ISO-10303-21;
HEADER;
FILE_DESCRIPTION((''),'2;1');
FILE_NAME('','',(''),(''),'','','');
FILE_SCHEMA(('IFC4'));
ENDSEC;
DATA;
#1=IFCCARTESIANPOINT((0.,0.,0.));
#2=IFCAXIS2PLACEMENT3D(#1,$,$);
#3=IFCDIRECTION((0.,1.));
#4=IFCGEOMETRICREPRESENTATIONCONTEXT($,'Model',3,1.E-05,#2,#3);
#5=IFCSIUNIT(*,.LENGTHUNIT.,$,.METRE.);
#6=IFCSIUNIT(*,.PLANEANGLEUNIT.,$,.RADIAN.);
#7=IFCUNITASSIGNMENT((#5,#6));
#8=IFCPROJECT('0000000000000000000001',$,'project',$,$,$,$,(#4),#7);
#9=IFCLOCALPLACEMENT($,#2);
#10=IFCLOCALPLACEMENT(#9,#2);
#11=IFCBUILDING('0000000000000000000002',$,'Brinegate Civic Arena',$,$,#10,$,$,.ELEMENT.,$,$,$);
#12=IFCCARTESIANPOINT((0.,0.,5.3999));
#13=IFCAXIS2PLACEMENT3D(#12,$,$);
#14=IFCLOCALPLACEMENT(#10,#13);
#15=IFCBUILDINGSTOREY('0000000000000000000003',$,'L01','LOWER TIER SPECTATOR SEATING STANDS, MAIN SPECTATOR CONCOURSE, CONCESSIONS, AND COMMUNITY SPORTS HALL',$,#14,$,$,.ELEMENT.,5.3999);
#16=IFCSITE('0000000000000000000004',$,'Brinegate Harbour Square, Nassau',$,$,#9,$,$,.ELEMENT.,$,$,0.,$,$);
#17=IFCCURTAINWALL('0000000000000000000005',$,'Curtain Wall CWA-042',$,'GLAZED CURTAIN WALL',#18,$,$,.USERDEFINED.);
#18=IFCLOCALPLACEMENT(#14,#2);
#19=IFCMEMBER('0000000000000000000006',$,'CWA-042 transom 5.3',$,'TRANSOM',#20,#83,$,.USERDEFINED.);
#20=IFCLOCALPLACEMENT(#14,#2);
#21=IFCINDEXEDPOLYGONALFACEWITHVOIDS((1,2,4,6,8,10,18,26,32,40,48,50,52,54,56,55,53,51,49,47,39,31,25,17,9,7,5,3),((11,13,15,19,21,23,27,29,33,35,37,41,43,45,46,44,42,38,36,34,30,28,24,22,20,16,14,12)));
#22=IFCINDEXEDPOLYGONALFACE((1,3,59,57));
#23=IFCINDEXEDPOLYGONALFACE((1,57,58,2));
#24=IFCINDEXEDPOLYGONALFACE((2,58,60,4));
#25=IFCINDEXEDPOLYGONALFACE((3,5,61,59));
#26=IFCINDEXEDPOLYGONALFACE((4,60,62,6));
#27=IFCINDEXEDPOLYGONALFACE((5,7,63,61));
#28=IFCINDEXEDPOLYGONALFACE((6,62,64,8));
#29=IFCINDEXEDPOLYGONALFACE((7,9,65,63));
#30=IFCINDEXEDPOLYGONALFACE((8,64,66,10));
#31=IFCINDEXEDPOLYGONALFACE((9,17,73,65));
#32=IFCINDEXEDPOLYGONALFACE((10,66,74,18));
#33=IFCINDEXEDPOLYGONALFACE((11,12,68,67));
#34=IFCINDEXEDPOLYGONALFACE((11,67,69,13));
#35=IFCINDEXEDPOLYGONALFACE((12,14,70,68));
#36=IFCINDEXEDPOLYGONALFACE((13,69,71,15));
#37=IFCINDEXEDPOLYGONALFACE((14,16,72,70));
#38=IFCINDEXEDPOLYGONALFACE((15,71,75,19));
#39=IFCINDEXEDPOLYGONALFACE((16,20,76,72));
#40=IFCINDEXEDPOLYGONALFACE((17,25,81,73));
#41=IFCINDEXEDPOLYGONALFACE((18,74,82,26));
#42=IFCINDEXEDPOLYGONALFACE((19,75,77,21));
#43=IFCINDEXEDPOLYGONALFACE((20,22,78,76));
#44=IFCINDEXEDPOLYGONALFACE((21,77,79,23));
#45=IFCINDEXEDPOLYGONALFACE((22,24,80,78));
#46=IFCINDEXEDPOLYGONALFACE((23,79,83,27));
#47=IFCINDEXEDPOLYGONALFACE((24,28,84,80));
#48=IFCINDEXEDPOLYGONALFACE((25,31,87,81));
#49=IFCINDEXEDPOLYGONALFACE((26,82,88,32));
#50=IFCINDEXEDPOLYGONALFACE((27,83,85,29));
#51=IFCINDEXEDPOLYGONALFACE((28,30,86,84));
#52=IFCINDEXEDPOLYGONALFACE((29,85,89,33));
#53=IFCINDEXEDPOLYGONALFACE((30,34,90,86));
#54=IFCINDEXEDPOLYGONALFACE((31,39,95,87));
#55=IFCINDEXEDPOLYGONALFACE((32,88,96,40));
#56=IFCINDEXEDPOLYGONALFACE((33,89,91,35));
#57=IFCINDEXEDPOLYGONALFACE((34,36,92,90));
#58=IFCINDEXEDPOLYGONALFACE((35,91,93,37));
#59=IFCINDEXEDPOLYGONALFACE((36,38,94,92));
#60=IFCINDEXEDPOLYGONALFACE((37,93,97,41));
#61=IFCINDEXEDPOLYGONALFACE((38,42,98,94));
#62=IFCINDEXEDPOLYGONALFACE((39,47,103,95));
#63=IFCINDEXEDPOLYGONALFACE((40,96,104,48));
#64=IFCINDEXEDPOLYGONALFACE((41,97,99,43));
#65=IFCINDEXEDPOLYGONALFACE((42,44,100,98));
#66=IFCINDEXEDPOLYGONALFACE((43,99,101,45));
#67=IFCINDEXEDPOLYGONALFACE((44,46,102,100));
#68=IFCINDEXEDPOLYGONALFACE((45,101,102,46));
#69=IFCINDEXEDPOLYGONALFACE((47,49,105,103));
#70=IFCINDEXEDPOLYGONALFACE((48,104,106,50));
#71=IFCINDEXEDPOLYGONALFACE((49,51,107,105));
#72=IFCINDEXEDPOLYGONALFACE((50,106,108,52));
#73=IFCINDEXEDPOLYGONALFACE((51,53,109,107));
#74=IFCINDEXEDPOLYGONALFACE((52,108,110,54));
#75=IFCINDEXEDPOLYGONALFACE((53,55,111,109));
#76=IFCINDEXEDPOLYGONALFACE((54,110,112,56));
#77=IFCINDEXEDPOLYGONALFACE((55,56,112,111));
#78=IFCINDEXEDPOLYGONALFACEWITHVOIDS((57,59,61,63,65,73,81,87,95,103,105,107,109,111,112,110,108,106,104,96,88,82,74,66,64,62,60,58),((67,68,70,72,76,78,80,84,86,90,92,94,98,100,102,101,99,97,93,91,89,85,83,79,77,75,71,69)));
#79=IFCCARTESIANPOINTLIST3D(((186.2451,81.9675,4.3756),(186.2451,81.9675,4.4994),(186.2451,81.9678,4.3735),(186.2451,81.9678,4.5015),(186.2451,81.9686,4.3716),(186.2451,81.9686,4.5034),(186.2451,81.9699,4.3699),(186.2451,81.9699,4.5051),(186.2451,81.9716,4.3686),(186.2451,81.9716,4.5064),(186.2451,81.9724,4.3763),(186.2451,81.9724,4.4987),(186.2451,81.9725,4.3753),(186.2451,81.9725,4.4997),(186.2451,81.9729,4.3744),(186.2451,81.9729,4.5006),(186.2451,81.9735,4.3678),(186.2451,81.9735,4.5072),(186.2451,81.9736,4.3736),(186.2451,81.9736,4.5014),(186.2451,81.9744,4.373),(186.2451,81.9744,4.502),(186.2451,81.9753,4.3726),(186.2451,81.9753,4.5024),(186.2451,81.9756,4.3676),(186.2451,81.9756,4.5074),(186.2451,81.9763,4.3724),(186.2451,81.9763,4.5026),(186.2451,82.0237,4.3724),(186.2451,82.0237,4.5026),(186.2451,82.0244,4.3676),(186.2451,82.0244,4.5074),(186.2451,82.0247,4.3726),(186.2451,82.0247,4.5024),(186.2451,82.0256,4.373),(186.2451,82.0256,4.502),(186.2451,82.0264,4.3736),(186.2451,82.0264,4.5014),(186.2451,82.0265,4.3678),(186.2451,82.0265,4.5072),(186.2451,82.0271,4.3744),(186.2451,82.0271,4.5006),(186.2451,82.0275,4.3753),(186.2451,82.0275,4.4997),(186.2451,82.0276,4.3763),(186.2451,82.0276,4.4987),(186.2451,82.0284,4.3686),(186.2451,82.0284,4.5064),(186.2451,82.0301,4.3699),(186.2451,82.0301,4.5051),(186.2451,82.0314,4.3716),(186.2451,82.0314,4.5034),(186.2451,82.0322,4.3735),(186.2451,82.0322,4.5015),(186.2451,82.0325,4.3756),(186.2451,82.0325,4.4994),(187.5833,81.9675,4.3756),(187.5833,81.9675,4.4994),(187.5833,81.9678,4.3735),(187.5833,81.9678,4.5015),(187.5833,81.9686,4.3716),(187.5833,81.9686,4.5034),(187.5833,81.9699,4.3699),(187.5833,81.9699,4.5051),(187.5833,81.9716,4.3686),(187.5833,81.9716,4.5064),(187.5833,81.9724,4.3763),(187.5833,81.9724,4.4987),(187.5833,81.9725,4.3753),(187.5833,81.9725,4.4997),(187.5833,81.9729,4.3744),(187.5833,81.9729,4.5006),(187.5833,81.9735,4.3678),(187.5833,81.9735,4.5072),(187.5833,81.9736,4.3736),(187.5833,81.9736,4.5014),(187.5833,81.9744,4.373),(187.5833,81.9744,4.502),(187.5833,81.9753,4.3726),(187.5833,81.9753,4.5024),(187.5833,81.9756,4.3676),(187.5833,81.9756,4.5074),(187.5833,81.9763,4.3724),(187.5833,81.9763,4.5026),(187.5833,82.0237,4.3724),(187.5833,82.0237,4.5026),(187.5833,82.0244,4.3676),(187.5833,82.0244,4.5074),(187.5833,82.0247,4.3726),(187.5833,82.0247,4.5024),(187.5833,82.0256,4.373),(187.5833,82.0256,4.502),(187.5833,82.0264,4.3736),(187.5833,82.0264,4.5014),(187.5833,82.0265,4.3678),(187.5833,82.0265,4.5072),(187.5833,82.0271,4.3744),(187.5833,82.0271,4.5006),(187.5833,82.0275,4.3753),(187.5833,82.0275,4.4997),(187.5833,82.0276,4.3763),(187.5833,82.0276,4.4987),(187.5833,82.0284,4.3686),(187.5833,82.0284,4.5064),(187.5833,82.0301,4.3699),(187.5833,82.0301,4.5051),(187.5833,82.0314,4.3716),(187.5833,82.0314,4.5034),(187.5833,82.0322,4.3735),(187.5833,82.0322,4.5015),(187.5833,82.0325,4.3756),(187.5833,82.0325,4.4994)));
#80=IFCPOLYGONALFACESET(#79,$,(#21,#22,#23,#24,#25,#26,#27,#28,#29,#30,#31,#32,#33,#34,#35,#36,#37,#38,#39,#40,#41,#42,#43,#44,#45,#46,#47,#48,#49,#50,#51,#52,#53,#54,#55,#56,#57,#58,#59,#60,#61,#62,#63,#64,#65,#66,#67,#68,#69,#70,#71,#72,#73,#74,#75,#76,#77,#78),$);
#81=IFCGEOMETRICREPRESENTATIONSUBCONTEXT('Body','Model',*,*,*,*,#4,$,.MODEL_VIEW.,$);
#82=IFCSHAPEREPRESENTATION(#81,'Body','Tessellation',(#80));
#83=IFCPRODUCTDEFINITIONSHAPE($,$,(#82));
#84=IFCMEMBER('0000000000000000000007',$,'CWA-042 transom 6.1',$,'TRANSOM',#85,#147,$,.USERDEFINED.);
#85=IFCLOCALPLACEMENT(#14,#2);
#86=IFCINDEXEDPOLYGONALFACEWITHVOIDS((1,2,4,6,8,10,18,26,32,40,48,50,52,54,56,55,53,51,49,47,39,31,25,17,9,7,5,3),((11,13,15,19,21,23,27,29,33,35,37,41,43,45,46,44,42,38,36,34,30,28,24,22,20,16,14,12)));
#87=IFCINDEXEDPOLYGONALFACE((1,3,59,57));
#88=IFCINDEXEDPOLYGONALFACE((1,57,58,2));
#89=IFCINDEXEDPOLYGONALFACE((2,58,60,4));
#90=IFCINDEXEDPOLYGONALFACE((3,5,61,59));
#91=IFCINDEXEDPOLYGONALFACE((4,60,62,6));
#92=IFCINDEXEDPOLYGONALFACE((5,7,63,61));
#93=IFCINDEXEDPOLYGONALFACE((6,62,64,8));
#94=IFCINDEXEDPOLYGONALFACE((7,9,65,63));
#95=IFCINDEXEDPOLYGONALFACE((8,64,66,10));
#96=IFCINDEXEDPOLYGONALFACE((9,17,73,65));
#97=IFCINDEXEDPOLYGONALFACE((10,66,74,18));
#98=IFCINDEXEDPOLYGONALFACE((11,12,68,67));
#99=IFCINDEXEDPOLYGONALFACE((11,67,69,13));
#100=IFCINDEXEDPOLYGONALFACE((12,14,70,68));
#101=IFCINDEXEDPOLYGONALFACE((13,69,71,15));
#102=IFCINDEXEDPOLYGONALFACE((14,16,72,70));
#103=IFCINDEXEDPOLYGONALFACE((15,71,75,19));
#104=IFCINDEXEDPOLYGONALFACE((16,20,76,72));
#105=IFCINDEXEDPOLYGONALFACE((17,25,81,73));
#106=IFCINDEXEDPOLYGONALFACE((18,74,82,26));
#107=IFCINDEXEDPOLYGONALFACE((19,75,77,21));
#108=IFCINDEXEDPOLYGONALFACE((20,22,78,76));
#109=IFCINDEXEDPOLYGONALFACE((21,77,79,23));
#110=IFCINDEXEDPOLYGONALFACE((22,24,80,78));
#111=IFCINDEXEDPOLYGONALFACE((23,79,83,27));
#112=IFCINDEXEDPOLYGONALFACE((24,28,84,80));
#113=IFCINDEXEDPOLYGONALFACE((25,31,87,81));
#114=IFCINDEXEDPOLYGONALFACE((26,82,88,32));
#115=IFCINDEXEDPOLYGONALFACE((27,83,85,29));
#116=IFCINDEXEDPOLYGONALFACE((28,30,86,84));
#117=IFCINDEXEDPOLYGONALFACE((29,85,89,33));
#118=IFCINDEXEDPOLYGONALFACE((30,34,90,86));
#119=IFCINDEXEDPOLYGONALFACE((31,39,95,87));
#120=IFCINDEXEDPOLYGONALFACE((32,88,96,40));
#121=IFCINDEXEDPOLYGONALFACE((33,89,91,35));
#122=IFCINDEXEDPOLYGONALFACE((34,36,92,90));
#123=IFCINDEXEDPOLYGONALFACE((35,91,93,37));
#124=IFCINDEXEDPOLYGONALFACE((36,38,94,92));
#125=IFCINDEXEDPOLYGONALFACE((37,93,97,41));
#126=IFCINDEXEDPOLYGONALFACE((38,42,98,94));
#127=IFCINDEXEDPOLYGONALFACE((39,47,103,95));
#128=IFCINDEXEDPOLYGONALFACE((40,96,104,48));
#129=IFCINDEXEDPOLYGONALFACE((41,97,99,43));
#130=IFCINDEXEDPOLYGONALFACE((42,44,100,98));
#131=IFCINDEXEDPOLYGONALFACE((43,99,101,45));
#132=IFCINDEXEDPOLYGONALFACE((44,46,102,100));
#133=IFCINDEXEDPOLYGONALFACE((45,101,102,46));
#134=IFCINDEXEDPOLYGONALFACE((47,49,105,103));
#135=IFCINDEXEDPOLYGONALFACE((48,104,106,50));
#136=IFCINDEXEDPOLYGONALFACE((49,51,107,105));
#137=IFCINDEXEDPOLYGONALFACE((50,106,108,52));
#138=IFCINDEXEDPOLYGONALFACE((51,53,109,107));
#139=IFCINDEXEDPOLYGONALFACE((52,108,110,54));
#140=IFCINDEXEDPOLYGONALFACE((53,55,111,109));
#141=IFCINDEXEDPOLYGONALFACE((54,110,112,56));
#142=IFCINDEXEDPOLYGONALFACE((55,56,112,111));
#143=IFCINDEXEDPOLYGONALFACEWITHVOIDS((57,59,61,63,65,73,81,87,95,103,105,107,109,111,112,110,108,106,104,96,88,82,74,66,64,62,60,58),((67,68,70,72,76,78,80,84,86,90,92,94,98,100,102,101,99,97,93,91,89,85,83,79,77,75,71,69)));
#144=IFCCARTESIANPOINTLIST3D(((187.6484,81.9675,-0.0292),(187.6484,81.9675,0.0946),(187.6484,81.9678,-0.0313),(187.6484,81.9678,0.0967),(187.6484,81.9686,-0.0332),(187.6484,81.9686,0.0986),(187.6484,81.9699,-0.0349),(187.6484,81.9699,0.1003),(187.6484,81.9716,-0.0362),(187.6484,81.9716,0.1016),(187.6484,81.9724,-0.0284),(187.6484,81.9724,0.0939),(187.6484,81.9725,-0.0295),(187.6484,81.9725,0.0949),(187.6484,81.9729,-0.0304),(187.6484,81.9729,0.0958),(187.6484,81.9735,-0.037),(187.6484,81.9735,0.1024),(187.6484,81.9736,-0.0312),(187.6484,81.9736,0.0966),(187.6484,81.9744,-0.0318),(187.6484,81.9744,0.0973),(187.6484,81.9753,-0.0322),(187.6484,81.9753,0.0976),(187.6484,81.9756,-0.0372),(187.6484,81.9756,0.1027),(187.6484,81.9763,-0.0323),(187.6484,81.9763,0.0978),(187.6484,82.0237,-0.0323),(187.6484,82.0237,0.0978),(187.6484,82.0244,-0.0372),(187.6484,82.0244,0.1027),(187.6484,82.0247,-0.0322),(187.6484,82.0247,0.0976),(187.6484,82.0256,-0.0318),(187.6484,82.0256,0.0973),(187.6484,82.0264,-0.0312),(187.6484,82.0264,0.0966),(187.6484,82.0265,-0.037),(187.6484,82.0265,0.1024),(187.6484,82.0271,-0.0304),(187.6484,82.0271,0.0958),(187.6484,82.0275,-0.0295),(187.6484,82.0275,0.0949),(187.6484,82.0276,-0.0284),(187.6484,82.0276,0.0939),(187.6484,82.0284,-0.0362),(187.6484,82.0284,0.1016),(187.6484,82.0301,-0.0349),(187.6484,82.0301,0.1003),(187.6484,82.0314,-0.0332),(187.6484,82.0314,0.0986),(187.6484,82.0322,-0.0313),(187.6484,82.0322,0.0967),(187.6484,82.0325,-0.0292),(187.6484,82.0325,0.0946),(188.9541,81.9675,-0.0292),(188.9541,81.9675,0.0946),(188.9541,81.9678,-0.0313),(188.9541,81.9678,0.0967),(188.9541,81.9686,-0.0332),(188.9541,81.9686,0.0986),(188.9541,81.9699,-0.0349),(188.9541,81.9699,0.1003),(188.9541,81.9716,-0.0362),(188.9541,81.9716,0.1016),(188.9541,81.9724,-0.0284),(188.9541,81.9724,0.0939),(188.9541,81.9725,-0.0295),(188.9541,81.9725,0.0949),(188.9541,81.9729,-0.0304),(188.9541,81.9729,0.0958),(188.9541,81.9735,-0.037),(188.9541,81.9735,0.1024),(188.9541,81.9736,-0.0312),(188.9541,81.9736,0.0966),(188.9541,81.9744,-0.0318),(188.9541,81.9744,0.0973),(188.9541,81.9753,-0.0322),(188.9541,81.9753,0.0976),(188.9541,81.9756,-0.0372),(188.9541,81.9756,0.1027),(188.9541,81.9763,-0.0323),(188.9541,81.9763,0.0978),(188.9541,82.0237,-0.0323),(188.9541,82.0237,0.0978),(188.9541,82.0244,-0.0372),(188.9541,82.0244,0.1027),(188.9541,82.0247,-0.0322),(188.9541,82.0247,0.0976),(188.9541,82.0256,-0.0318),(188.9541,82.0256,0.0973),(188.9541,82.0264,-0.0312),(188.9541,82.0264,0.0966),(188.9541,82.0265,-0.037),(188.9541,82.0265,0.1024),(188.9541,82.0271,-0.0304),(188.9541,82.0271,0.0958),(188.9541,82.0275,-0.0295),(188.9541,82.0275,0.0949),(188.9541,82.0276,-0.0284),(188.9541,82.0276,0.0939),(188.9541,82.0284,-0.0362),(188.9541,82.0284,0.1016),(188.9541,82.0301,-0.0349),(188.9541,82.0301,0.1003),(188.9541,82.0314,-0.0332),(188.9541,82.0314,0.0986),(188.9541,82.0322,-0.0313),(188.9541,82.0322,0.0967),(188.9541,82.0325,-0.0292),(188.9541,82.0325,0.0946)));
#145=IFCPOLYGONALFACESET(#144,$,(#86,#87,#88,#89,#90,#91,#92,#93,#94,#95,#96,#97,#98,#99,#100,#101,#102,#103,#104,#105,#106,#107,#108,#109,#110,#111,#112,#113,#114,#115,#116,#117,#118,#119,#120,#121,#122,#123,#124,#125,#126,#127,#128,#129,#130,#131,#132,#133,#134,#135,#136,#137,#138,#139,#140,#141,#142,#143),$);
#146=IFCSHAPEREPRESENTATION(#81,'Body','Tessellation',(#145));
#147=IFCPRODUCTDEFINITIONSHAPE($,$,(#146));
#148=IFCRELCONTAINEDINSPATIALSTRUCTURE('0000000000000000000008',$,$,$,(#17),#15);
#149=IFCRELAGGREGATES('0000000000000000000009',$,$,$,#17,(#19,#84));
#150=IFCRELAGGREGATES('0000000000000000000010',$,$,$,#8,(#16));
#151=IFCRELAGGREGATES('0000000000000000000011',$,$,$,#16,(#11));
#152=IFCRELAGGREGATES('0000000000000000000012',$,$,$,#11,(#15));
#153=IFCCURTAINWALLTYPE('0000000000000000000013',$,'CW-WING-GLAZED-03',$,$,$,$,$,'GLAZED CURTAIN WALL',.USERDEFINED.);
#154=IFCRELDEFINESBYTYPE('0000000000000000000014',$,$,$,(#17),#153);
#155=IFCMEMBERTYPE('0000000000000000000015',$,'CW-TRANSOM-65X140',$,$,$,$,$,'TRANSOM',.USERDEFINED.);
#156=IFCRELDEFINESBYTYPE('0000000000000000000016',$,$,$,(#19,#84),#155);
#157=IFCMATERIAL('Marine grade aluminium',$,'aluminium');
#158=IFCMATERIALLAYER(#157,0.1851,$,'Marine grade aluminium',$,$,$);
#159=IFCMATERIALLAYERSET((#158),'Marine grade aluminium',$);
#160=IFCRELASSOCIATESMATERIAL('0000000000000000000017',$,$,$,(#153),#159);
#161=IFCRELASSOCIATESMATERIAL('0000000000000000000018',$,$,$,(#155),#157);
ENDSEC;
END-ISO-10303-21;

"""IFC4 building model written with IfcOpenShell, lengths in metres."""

from ifc_helpers import new_model, si_unit, direction, frame, origin, origin_2d, place, context, subcontext, project, spatial, hollow_rectangle, extrude, material, layer, layer_set, material_profile, profile_set, type_object, element, aggregate, save


model = new_model("IFC4")

# Units and contexts
model_context = context("Model", 3, precision=1e-05, world=origin(), true_north=direction((0.0, 1.0)))
body_context = subcontext(model_context, "Body", "Model", "MODEL_VIEW")
ifc_project = project(units=[si_unit("LENGTHUNIT", "METRE"), si_unit("PLANEANGLEUNIT", "RADIAN")], contexts=[model_context])

# Site, building, storey
site_placement = place(None, origin())
site = spatial("IfcSite", under=ifc_project, at=site_placement, Name="Brinegate Harbour Square, Nassau", CompositionType="ELEMENT", RefElevation=0.0)
building_placement = place(site_placement, origin())
building = spatial("IfcBuilding", under=site, at=building_placement, Name="Brinegate Civic Arena", CompositionType="ELEMENT")
storey_placement = place(building_placement, frame((0.0, 0.0, 5.3999)))
storey = spatial("IfcBuildingStorey", under=building, at=storey_placement, Name="L01", Description="LOWER TIER SPECTATOR SEATING STANDS, MAIN SPECTATOR CONCOURSE, CONCESSIONS, AND COMMUNITY SPORTS HALL", CompositionType="ELEMENT", Elevation=5.3999)

# Curtain wall, members
ifc_material_1 = material(Name="Marine grade aluminium", Category="aluminium")
ifc_layer_1 = layer(ifc_material_1, 0.1851, Name="Marine grade aluminium")
ifc_layer_set_1 = layer_set([ifc_layer_1], Name="Marine grade aluminium")
curtain_wall_type = type_object("IfcCurtainWallType", Name="CW-WING-GLAZED-03", ElementType="GLAZED CURTAIN WALL", PredefinedType="USERDEFINED", material=ifc_layer_set_1)
curtain_wall_placement = place(storey_placement, origin())
curtain_wall = element("IfcCurtainWall", 1, at=curtain_wall_placement, inside=storey, type_object=curtain_wall_type, Name="Curtain Wall CWA-042", ObjectType="GLAZED CURTAIN WALL", PredefinedType="USERDEFINED")
ifc_material_profile_1 = material_profile(ifc_material_1, hollow_rectangle(XDim=0.0649, YDim=0.1399, WallThickness=0.0049, InnerFilletRadius=0.0039, OuterFilletRadius=0.0081, at=origin_2d()), Name="TRN65X140")
ifc_profile_set_1 = profile_set([ifc_material_profile_1], Name="Marine grade aluminium")
member_type_1 = type_object("IfcMemberType", Name="CW-TRANSOM-65X140", ElementType="TRANSOM", PredefinedType="USERDEFINED", material=ifc_profile_set_1)
member_1_placement = place(storey_placement, frame((186.2451, 82.0, 4.4375), z_axis=(1.0, 0.0, 0.0), x_axis=(0.0, 1.0, 0.0)))
member_1 = element("IfcMember", 2, at=member_1_placement, type_object=member_type_1, Name="CWA-042 transom 5.3", ObjectType="TRANSOM", PredefinedType="USERDEFINED", context=body_context, shape_type="SweptSolid", body=[
    extrude(hollow_rectangle(XDim=0.0649, YDim=0.1399, WallThickness=0.0049, InnerFilletRadius=0.0039, OuterFilletRadius=0.0081, at=origin_2d()), origin(), (0.0, 0.0, 1.0), 1.3381),
])
member_2_placement = place(storey_placement, frame((187.6484, 82.0, 0.0327), z_axis=(1.0, 0.0, 0.0), x_axis=(0.0, 1.0, 0.0)))
member_2 = element("IfcMember", 3, at=member_2_placement, type_object=member_type_1, Name="CWA-042 transom 6.1", ObjectType="TRANSOM", PredefinedType="USERDEFINED", context=body_context, shape_type="SweptSolid", body=[
    extrude(hollow_rectangle(XDim=0.0649, YDim=0.1399, WallThickness=0.0049, InnerFilletRadius=0.0039, OuterFilletRadius=0.0081, at=origin_2d()), origin(), (0.0, 0.0, 1.0), 1.3057),
])

aggregate(curtain_wall, [member_1, member_2])

save(model, "model.ifc")
